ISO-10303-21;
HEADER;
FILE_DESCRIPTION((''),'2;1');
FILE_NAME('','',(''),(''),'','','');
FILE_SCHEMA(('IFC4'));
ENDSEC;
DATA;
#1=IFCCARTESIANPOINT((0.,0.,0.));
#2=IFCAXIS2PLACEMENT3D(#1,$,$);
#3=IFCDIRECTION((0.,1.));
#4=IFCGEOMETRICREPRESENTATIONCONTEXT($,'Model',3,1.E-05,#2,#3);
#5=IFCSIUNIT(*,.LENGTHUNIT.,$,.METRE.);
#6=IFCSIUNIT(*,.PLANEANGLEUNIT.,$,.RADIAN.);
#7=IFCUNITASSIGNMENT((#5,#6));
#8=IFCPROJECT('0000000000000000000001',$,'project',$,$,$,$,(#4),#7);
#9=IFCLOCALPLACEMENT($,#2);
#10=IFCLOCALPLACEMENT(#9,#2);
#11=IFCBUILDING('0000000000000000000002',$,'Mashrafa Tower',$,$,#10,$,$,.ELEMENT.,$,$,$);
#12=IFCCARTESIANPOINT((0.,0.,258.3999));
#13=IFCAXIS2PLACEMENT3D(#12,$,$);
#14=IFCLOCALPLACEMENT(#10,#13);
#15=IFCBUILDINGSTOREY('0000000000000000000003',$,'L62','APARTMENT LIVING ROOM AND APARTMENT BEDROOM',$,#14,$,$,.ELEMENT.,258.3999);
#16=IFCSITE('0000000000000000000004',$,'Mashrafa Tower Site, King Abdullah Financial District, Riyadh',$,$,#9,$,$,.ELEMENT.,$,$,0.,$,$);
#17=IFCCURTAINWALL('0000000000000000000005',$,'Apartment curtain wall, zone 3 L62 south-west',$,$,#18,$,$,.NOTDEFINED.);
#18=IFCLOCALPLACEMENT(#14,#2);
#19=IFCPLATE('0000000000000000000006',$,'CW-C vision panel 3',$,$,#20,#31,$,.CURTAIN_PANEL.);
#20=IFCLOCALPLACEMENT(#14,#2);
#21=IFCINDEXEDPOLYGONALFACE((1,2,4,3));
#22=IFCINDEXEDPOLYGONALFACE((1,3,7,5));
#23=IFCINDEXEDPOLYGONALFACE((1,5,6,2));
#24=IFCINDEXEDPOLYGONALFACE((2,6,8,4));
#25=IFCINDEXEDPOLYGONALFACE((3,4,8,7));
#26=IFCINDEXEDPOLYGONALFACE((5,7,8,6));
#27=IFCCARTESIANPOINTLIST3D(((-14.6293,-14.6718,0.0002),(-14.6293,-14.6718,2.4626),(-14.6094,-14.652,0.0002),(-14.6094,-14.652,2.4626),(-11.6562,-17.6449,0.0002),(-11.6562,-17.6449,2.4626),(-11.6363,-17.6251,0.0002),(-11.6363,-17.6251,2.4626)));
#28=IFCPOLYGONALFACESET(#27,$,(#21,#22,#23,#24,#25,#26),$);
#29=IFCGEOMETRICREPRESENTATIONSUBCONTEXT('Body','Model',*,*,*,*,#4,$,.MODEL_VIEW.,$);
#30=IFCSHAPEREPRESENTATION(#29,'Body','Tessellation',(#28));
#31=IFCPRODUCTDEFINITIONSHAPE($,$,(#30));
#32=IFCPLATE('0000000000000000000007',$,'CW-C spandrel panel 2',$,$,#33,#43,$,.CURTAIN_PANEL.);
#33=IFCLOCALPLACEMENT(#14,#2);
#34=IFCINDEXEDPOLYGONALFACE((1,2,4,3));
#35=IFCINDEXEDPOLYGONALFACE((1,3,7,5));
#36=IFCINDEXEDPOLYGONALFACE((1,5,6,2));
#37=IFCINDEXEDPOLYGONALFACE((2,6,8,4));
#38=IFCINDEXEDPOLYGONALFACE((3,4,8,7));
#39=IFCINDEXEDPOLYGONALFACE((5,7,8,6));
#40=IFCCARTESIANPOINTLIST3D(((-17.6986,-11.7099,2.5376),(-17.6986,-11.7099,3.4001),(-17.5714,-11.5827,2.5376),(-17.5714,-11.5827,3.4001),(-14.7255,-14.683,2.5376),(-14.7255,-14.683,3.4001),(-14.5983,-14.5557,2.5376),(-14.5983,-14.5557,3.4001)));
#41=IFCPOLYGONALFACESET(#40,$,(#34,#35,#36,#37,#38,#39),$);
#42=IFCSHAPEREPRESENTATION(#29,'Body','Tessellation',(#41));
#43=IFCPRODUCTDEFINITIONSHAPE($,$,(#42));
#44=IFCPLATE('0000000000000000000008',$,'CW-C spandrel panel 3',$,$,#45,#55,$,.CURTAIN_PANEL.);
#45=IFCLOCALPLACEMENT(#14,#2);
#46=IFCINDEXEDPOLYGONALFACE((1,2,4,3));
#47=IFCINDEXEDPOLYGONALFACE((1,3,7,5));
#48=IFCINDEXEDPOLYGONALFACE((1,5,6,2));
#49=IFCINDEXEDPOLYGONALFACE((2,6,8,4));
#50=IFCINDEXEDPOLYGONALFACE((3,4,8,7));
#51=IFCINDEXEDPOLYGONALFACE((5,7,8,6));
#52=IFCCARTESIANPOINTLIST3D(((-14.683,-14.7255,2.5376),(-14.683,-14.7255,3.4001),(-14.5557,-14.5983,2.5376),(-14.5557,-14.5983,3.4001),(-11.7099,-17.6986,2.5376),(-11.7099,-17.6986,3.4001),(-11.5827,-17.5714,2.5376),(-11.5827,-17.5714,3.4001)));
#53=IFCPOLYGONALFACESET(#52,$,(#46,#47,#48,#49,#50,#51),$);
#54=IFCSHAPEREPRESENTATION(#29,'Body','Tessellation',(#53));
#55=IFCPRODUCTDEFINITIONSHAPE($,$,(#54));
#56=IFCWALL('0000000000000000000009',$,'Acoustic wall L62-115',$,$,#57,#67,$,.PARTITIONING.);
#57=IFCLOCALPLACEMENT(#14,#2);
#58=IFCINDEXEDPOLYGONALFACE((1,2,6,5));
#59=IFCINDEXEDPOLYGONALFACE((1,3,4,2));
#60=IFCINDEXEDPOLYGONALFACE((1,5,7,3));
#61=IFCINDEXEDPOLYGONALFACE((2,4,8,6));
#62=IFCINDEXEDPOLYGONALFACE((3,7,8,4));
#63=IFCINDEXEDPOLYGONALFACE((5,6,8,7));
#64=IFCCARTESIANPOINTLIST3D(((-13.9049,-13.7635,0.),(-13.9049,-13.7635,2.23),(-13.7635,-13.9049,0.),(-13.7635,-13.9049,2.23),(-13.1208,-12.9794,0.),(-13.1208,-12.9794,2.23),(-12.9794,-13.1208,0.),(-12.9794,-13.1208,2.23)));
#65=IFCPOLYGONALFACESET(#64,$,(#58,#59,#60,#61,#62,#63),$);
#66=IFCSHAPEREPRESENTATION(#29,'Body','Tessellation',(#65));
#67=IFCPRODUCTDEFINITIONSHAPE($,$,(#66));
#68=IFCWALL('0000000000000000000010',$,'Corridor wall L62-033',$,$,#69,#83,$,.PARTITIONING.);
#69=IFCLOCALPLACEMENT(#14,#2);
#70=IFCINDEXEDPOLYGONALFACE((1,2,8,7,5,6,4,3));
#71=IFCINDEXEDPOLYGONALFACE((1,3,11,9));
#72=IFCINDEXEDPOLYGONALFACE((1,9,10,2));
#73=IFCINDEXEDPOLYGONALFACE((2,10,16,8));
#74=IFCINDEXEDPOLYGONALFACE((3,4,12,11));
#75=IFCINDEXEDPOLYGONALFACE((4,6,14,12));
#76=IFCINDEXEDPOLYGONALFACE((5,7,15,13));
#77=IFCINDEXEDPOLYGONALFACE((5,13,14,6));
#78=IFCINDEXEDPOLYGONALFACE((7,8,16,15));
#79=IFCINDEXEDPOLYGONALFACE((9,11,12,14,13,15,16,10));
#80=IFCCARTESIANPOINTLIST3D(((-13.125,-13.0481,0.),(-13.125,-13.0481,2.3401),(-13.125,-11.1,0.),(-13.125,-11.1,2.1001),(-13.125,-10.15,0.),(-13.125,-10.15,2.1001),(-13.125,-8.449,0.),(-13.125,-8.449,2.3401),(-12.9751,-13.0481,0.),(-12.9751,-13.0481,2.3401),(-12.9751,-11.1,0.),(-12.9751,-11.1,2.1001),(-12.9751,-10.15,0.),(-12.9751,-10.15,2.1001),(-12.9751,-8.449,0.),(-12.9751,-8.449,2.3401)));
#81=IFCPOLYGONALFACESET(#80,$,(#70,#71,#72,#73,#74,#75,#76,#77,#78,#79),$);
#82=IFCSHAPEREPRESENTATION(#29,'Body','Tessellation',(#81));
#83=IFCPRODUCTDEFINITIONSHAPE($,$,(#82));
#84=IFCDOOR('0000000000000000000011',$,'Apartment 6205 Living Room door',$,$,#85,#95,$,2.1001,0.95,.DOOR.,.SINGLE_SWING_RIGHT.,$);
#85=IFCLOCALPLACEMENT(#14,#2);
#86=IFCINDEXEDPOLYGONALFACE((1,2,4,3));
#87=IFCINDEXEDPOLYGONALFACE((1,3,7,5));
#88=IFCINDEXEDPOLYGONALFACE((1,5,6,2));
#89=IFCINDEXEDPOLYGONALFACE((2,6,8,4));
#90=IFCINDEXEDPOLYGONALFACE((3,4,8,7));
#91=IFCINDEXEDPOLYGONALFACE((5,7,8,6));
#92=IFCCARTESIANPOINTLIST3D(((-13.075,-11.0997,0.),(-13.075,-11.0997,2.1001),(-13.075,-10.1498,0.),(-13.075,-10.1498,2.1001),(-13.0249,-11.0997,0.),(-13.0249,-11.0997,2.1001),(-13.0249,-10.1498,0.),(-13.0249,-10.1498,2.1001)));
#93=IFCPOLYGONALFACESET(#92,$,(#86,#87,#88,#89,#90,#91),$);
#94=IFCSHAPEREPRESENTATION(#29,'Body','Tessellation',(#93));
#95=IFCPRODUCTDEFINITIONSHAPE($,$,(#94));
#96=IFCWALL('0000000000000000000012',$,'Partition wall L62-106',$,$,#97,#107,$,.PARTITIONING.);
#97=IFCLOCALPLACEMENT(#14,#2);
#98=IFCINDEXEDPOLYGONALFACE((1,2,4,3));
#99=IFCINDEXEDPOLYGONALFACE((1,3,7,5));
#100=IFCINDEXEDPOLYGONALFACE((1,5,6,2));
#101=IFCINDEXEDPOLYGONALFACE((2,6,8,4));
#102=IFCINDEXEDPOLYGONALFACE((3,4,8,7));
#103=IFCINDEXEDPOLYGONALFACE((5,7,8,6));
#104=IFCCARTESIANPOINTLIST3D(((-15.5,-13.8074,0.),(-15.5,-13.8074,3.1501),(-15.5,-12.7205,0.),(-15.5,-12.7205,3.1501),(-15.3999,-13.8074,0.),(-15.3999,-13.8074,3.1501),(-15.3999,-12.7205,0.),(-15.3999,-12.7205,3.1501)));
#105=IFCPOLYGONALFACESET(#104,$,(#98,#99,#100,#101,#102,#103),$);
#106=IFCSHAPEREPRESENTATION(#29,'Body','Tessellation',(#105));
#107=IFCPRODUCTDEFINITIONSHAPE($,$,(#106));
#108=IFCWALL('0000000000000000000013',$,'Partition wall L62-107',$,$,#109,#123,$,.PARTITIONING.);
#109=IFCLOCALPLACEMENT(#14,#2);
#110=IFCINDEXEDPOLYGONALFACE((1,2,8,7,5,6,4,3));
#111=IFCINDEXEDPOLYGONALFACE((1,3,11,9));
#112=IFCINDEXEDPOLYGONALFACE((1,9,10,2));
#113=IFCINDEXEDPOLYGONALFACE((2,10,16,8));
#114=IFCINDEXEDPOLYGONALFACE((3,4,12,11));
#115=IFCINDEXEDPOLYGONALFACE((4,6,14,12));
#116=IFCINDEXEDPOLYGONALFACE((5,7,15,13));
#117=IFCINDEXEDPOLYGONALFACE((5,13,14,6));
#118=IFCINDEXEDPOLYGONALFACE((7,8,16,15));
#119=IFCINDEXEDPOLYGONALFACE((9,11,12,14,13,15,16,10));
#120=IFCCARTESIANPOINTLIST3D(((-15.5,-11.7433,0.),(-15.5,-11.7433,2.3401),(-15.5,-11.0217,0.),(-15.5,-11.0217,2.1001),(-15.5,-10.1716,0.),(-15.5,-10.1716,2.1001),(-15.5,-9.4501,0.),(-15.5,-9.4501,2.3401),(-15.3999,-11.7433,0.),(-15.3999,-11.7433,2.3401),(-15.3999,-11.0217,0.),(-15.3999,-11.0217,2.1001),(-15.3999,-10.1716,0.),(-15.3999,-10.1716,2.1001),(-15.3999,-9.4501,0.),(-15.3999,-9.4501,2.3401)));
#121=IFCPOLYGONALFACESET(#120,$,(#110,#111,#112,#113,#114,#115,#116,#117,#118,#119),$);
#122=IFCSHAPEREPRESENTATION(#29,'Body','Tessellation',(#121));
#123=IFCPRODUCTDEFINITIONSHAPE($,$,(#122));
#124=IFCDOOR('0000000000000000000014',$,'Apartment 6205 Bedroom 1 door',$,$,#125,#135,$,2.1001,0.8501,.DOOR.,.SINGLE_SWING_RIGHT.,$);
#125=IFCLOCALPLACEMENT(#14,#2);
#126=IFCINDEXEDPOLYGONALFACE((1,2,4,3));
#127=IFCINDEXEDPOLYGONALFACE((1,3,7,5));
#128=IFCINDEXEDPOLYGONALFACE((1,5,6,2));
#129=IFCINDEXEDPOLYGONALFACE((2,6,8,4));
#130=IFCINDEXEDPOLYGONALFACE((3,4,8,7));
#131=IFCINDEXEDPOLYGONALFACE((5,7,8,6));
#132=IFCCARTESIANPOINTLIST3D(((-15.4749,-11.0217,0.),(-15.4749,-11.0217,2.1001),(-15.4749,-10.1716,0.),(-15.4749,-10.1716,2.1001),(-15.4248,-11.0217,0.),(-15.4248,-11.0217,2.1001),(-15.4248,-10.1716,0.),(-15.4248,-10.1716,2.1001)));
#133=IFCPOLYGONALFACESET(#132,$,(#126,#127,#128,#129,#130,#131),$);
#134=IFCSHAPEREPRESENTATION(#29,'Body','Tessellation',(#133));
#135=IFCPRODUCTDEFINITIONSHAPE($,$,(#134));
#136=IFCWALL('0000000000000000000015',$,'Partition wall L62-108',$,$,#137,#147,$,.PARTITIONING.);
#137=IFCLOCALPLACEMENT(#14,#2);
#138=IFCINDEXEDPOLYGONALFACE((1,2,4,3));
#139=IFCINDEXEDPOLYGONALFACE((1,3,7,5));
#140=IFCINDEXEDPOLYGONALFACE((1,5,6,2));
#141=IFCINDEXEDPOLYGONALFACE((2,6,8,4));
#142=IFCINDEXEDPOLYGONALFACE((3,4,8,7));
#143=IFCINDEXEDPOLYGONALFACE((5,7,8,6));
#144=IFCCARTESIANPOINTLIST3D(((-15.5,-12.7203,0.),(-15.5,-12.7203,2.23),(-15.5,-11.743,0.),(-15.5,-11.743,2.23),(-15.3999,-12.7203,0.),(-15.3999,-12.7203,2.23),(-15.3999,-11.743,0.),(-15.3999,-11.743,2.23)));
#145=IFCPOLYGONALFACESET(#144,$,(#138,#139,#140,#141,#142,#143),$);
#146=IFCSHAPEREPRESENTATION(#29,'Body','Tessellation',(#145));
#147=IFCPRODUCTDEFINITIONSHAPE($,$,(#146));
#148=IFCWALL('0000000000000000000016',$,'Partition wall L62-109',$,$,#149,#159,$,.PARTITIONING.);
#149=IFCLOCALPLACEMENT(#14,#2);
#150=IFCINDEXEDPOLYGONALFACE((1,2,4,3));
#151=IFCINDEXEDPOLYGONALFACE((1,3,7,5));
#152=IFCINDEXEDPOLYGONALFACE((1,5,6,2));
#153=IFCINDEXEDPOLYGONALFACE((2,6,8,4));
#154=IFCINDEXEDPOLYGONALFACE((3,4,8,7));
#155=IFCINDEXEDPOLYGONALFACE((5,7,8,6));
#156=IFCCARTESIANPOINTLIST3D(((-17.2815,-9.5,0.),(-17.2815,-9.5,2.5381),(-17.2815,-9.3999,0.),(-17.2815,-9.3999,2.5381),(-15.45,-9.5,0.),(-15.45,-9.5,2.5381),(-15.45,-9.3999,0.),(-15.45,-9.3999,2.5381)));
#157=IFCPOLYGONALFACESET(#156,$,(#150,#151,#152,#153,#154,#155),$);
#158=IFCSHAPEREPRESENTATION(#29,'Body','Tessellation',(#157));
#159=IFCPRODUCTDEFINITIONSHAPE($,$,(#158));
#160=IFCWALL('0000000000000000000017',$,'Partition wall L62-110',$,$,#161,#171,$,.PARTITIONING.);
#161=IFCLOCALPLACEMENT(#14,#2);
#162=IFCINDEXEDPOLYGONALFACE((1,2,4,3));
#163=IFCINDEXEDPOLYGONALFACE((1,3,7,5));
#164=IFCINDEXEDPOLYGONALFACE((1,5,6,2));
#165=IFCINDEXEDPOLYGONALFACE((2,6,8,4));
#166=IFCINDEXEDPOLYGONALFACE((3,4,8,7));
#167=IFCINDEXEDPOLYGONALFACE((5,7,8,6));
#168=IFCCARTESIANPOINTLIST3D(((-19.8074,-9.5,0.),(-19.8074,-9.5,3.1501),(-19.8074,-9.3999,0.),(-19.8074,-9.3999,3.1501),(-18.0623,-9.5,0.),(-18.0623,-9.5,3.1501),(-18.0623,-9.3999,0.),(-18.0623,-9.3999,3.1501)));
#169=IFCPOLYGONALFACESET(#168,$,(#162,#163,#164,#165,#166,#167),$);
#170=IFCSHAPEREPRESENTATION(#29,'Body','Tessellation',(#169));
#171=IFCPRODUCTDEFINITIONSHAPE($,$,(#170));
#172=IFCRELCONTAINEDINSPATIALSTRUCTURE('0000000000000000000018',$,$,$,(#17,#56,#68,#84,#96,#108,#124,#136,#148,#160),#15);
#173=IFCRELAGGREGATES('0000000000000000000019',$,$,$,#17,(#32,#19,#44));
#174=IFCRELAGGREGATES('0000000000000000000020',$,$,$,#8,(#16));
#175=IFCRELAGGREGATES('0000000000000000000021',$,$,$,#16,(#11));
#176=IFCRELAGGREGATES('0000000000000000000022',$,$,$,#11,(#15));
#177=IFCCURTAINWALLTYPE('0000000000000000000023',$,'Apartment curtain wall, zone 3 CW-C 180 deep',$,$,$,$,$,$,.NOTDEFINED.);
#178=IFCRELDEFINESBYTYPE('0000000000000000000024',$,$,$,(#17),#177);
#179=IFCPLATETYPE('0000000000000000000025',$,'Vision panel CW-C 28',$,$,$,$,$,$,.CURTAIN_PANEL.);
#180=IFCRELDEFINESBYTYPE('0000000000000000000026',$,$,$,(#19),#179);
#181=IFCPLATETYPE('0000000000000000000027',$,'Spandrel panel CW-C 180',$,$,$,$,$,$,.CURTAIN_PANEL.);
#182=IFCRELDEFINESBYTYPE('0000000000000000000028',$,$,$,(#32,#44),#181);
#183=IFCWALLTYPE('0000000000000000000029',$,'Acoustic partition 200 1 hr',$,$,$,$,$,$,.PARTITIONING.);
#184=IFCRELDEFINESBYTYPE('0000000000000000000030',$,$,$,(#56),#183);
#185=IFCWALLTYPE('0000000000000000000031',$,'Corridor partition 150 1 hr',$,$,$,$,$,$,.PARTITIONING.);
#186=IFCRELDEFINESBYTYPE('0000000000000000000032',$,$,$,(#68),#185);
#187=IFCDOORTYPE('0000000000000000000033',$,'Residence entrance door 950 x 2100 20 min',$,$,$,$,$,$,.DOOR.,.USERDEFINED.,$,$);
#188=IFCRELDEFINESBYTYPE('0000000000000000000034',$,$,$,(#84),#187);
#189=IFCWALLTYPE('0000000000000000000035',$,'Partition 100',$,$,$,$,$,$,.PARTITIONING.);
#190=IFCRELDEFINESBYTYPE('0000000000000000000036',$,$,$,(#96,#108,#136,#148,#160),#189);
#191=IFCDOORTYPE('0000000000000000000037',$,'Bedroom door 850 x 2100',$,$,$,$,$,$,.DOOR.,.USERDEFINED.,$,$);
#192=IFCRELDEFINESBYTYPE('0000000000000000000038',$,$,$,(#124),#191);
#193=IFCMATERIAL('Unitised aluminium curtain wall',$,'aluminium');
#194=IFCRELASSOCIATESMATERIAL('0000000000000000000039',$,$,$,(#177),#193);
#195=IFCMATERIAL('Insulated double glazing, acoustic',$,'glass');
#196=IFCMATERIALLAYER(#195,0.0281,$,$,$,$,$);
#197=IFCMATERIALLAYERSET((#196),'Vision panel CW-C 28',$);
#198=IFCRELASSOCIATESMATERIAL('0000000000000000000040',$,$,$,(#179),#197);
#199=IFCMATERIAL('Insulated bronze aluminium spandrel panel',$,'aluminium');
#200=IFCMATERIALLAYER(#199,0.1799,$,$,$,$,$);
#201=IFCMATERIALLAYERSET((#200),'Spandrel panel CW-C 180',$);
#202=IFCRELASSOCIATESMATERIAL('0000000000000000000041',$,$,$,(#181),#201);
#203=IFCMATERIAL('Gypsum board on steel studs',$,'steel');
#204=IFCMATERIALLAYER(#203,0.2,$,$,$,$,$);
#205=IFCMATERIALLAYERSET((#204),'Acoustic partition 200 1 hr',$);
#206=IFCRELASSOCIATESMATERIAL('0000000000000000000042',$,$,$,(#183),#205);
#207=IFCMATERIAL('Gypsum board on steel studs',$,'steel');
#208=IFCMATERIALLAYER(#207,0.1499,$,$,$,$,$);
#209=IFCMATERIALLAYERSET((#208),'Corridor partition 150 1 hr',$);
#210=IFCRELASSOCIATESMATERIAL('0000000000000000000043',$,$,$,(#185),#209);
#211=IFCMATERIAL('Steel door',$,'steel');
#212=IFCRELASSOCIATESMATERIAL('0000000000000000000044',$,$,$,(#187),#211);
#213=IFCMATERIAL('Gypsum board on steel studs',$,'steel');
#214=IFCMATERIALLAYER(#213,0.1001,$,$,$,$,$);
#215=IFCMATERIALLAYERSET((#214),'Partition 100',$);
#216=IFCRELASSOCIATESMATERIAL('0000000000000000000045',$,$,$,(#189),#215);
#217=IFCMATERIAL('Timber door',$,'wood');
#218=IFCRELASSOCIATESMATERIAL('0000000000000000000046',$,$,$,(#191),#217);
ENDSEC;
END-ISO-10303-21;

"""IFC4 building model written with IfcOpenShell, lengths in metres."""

from ifc_helpers import new_model, si_unit, direction, frame, frame_2d, origin, origin_2d, place, context, subcontext, project, spatial, rectangle, extrude, source, transform, mapped, material, layer, layer_set, type_object, element, fill, aggregate, save


model = new_model("IFC4")

# Units and contexts
model_context = context("Model", 3, precision=1e-05, world=origin(), true_north=direction((0.0, 1.0)))
body_context = subcontext(model_context, "Body", "Model", "MODEL_VIEW")
ifc_project = project(units=[si_unit("LENGTHUNIT", "METRE"), si_unit("PLANEANGLEUNIT", "RADIAN")], contexts=[model_context])

# Site, building, storey
site_placement = place(None, origin())
site = spatial("IfcSite", under=ifc_project, at=site_placement, Name="Mashrafa Tower Site, King Abdullah Financial District, Riyadh", CompositionType="ELEMENT", RefElevation=0.0)
building_placement = place(site_placement, origin())
building = spatial("IfcBuilding", under=site, at=building_placement, Name="Mashrafa Tower", CompositionType="ELEMENT")
storey_placement = place(building_placement, frame((0.0, 0.0, 258.3999)))
storey = spatial("IfcBuildingStorey", under=building, at=storey_placement, Name="L62", Description="APARTMENT LIVING ROOM AND APARTMENT BEDROOM", CompositionType="ELEMENT", Elevation=258.3999)

# Shared definitions
ifc_material_1 = material(Name="Unitised aluminium curtain wall", Category="aluminium")
curtain_wall_type = type_object("IfcCurtainWallType", Name="Apartment curtain wall, zone 3 CW-C 180 deep", PredefinedType="NOTDEFINED", material=ifc_material_1)

# Curtain wall, plates
curtain_wall_1_placement = place(storey_placement, origin())
curtain_wall_1 = element("IfcCurtainWall", 1, at=curtain_wall_1_placement, inside=storey, type_object=curtain_wall_type, Name="Apartment curtain wall, zone 3 L62 south-west", PredefinedType="NOTDEFINED")
ifc_material_2 = material(Name="Insulated double glazing, acoustic", Category="glass")
ifc_layer_1 = layer(ifc_material_2, 0.0281)
ifc_layer_set_1 = layer_set([ifc_layer_1], Name="Vision panel CW-C 28")
plate_type_1 = type_object("IfcPlateType", Name="Vision panel CW-C 28", PredefinedType="CURTAIN_PANEL", material=ifc_layer_set_1)
ifc_material_3 = material(Name="Insulated bronze aluminium spandrel panel", Category="aluminium")
ifc_layer_2 = layer(ifc_material_3, 0.1799)
ifc_layer_set_2 = layer_set([ifc_layer_2], Name="Spandrel panel CW-C 180")
plate_type_2 = type_object("IfcPlateType", Name="Spandrel panel CW-C 180", PredefinedType="CURTAIN_PANEL", material=ifc_layer_set_2)
shared_shape_1 = source(origin(), body_context, "Body", "SweptSolid", [
    extrude(rectangle(XDim=4.2046, YDim=0.0281, at=origin_2d()), origin(), (0.0, 0.0, 1.0), 2.4624),
])
plate_1_placement = place(storey_placement, frame((-13.1328, -16.1484, 0.0002), z_axis=(0.0, 0.0, 1.0), x_axis=(0.707107, -0.707107, 0.0)))
plate_1 = element("IfcPlate", 2, at=plate_1_placement, type_object=plate_type_1, Name="CW-C vision panel 3", PredefinedType="CURTAIN_PANEL", context=body_context, shape_type="MappedRepresentation", body=[
    mapped(shared_shape_1, transform((0.0, 0.0, 0.0))),
])
shared_shape_2 = source(origin(), body_context, "Body", "SweptSolid", [
    extrude(rectangle(XDim=4.2046, YDim=0.1799, at=origin_2d()), origin(), (0.0, 0.0, 1.0), 0.8625),
])
plate_2_placement = place(storey_placement, frame((-16.1484, -13.1328, 2.5376), z_axis=(0.0, 0.0, 1.0), x_axis=(0.707107, -0.707107, 0.0)))
plate_2 = element("IfcPlate", 3, at=plate_2_placement, type_object=plate_type_2, Name="CW-C spandrel panel 2", PredefinedType="CURTAIN_PANEL", context=body_context, shape_type="MappedRepresentation", body=[
    mapped(shared_shape_2, transform((0.0, 0.0, 0.0))),
])
plate_3_placement = place(storey_placement, frame((-13.1328, -16.1484, 2.5376), z_axis=(0.0, 0.0, 1.0), x_axis=(0.707107, -0.707107, 0.0)))
plate_3 = element("IfcPlate", 4, at=plate_3_placement, type_object=plate_type_2, Name="CW-C spandrel panel 3", PredefinedType="CURTAIN_PANEL", context=body_context, shape_type="MappedRepresentation", body=[
    mapped(shared_shape_2, transform((0.0, 0.0, 0.0))),
])
aggregate(curtain_wall_1, [plate_2, plate_1, plate_3])

# Wall
ifc_material_4 = material(Name="Gypsum board on steel studs", Category="steel")
ifc_layer_3 = layer(ifc_material_4, 0.2)
ifc_layer_set_3 = layer_set([ifc_layer_3], Name="Acoustic partition 200 1 hr")
wall_type_1 = type_object("IfcWallType", Name="Acoustic partition 200 1 hr", PredefinedType="PARTITIONING", material=ifc_layer_set_3)
wall_1_placement = place(storey_placement, frame((-13.8342, -13.8342, 0.0), z_axis=(0.0, 0.0, 1.0), x_axis=(0.707107, 0.707107, 0.0)))
element("IfcWall", 5, at=wall_1_placement, inside=storey, type_object=wall_type_1, Name="Acoustic wall L62-115", PredefinedType="PARTITIONING", context=body_context, shape_type="SweptSolid", body=[
    extrude(rectangle(XDim=1.1089, YDim=0.2, at=frame_2d((0.5544, 0.0))), origin(), (0.0, 0.0, 1.0), 2.23),
])

# Wall, opening, door
ifc_material_5 = material(Name="Gypsum board on steel studs", Category="steel")
ifc_layer_4 = layer(ifc_material_5, 0.1499)
ifc_layer_set_4 = layer_set([ifc_layer_4], Name="Corridor partition 150 1 hr")
wall_type_2 = type_object("IfcWallType", Name="Corridor partition 150 1 hr", PredefinedType="PARTITIONING", material=ifc_layer_set_4)
wall_2_placement = place(storey_placement, frame((-13.05, -8.449, 0.0), z_axis=(0.0, 0.0, 1.0), x_axis=(0.0, -1.0, 0.0)))
wall_2 = element("IfcWall", 6, at=wall_2_placement, inside=storey, type_object=wall_type_2, Name="Corridor wall L62-033", PredefinedType="PARTITIONING", context=body_context, shape_type="SweptSolid", body=[
    extrude(rectangle(XDim=4.5991, YDim=0.1499, at=frame_2d((2.2996, 0.0))), origin(), (0.0, 0.0, 1.0), 2.3401),
])
opening_1_placement = place(wall_2_placement, frame((1.7009, 0.0, 0.0)))
opening_1 = element("IfcOpeningElement", 7, at=opening_1_placement, cuts=wall_2, PredefinedType="OPENING", context=body_context, shape_type="SweptSolid", body=[
    extrude(rectangle(XDim=0.95, YDim=2.1001, at=frame_2d((0.4751, 1.05))), frame((0.0, 0.085, 0.0), z_axis=(0.0, -1.0, 0.0), x_axis=(1.0, 0.0, 0.0)), (0.0, 0.0, 1.0), 0.1699),
])
ifc_material_6 = material(Name="Steel door", Category="steel")
door_type_1 = type_object("IfcDoorType", Name="Residence entrance door 950 x 2100 20 min", OperationType="USERDEFINED", PredefinedType="DOOR", material=ifc_material_6)
door_1_placement = place(opening_1_placement, frame((0.95, 0.0, 0.0), z_axis=(0.0, 0.0, 1.0), x_axis=(-1.0, 0.0, 0.0)))
door_1 = element("IfcDoor", 8, at=door_1_placement, inside=storey, type_object=door_type_1, Name="Apartment 6205 Living Room door", OperationType="SINGLE_SWING_RIGHT", OverallHeight=2.1001, OverallWidth=0.95, PredefinedType="DOOR", context=body_context, shape_type="SweptSolid", body=[
    extrude(rectangle(XDim=0.95, YDim=2.1001, at=frame_2d((0.4751, 1.05))), frame((0.0, 0.0249, 0.0), z_axis=(0.0, -1.0, 0.0), x_axis=(1.0, 0.0, 0.0)), (0.0, 0.0, 1.0), 0.05),
])
fill(opening_1, door_1)

# Wall
ifc_material_7 = material(Name="Gypsum board on steel studs", Category="steel")
ifc_layer_5 = layer(ifc_material_7, 0.1001)
ifc_layer_set_5 = layer_set([ifc_layer_5], Name="Partition 100")
wall_type_3 = type_object("IfcWallType", Name="Partition 100", PredefinedType="PARTITIONING", material=ifc_layer_set_5)
wall_3_placement = place(storey_placement, frame((-15.45, -13.8074, 0.0), z_axis=(0.0, 0.0, 1.0), x_axis=(0.0, 1.0, 0.0)))
element("IfcWall", 9, at=wall_3_placement, inside=storey, type_object=wall_type_3, Name="Partition wall L62-106", PredefinedType="PARTITIONING", context=body_context, shape_type="SweptSolid", body=[
    extrude(rectangle(XDim=1.0869, YDim=0.1001, at=frame_2d((0.5435, 0.0))), origin(), (0.0, 0.0, 1.0), 3.1501),
])

# Wall, opening, door
wall_4_placement = place(storey_placement, frame((-15.45, -11.7432, 0.0), z_axis=(0.0, 0.0, 1.0), x_axis=(0.0, 1.0, 0.0)))
wall_4 = element("IfcWall", 10, at=wall_4_placement, inside=storey, type_object=wall_type_3, Name="Partition wall L62-107", PredefinedType="PARTITIONING", context=body_context, shape_type="SweptSolid", body=[
    extrude(rectangle(XDim=2.2932, YDim=0.1001, at=frame_2d((1.1465, 0.0))), origin(), (0.0, 0.0, 1.0), 2.3401),
])
opening_2_placement = place(wall_4_placement, frame((0.7214, 0.0, 0.0)))
opening_2 = element("IfcOpeningElement", 11, at=opening_2_placement, cuts=wall_4, PredefinedType="OPENING", context=body_context, shape_type="SweptSolid", body=[
    extrude(rectangle(XDim=0.8501, YDim=2.1001, at=frame_2d((0.425, 1.05))), frame((0.0, 0.0601, 0.0), z_axis=(0.0, -1.0, 0.0), x_axis=(1.0, 0.0, 0.0)), (0.0, 0.0, 1.0), 0.1201),
])
ifc_material_8 = material(Name="Timber door", Category="wood")
door_type_2 = type_object("IfcDoorType", Name="Bedroom door 850 x 2100", OperationType="USERDEFINED", PredefinedType="DOOR", material=ifc_material_8)
door_2_placement = place(opening_2_placement, origin())
door_2 = element("IfcDoor", 12, at=door_2_placement, inside=storey, type_object=door_type_2, Name="Apartment 6205 Bedroom 1 door", OperationType="SINGLE_SWING_RIGHT", OverallHeight=2.1001, OverallWidth=0.8501, PredefinedType="DOOR", context=body_context, shape_type="SweptSolid", body=[
    extrude(rectangle(XDim=0.8501, YDim=2.1001, at=frame_2d((0.425, 1.05))), frame((0.0, 0.0249, 0.0), z_axis=(0.0, -1.0, 0.0), x_axis=(1.0, 0.0, 0.0)), (0.0, 0.0, 1.0), 0.05),
])
fill(opening_2, door_2)

# Walls
wall_5_placement = place(storey_placement, frame((-15.45, -12.7205, 0.0), z_axis=(0.0, 0.0, 1.0), x_axis=(0.0, 1.0, 0.0)))
element("IfcWall", 13, at=wall_5_placement, inside=storey, type_object=wall_type_3, Name="Partition wall L62-108", PredefinedType="PARTITIONING", context=body_context, shape_type="SweptSolid", body=[
    extrude(rectangle(XDim=0.9773, YDim=0.1001, at=frame_2d((0.4888, 0.0))), origin(), (0.0, 0.0, 1.0), 2.23),
])
wall_6_placement = place(storey_placement, frame((-15.45, -9.45, 0.0), z_axis=(0.0, 0.0, 1.0), x_axis=(-1.0, 0.0, 0.0)))
element("IfcWall", 14, at=wall_6_placement, inside=storey, type_object=wall_type_3, Name="Partition wall L62-109", PredefinedType="PARTITIONING", context=body_context, shape_type="SweptSolid", body=[
    extrude(rectangle(XDim=1.8315, YDim=0.1001, at=frame_2d((0.9158, 0.0))), origin(), (0.0, 0.0, 1.0), 2.5381),
])
wall_7_placement = place(storey_placement, frame((-18.0623, -9.45, 0.0), z_axis=(0.0, 0.0, 1.0), x_axis=(-1.0, 0.0, 0.0)))
element("IfcWall", 15, at=wall_7_placement, inside=storey, type_object=wall_type_3, Name="Partition wall L62-110", PredefinedType="PARTITIONING", context=body_context, shape_type="SweptSolid", body=[
    extrude(rectangle(XDim=1.7451, YDim=0.1001, at=frame_2d((0.8726, 0.0))), origin(), (0.0, 0.0, 1.0), 3.1501),
])

save(model, "model.ifc")
